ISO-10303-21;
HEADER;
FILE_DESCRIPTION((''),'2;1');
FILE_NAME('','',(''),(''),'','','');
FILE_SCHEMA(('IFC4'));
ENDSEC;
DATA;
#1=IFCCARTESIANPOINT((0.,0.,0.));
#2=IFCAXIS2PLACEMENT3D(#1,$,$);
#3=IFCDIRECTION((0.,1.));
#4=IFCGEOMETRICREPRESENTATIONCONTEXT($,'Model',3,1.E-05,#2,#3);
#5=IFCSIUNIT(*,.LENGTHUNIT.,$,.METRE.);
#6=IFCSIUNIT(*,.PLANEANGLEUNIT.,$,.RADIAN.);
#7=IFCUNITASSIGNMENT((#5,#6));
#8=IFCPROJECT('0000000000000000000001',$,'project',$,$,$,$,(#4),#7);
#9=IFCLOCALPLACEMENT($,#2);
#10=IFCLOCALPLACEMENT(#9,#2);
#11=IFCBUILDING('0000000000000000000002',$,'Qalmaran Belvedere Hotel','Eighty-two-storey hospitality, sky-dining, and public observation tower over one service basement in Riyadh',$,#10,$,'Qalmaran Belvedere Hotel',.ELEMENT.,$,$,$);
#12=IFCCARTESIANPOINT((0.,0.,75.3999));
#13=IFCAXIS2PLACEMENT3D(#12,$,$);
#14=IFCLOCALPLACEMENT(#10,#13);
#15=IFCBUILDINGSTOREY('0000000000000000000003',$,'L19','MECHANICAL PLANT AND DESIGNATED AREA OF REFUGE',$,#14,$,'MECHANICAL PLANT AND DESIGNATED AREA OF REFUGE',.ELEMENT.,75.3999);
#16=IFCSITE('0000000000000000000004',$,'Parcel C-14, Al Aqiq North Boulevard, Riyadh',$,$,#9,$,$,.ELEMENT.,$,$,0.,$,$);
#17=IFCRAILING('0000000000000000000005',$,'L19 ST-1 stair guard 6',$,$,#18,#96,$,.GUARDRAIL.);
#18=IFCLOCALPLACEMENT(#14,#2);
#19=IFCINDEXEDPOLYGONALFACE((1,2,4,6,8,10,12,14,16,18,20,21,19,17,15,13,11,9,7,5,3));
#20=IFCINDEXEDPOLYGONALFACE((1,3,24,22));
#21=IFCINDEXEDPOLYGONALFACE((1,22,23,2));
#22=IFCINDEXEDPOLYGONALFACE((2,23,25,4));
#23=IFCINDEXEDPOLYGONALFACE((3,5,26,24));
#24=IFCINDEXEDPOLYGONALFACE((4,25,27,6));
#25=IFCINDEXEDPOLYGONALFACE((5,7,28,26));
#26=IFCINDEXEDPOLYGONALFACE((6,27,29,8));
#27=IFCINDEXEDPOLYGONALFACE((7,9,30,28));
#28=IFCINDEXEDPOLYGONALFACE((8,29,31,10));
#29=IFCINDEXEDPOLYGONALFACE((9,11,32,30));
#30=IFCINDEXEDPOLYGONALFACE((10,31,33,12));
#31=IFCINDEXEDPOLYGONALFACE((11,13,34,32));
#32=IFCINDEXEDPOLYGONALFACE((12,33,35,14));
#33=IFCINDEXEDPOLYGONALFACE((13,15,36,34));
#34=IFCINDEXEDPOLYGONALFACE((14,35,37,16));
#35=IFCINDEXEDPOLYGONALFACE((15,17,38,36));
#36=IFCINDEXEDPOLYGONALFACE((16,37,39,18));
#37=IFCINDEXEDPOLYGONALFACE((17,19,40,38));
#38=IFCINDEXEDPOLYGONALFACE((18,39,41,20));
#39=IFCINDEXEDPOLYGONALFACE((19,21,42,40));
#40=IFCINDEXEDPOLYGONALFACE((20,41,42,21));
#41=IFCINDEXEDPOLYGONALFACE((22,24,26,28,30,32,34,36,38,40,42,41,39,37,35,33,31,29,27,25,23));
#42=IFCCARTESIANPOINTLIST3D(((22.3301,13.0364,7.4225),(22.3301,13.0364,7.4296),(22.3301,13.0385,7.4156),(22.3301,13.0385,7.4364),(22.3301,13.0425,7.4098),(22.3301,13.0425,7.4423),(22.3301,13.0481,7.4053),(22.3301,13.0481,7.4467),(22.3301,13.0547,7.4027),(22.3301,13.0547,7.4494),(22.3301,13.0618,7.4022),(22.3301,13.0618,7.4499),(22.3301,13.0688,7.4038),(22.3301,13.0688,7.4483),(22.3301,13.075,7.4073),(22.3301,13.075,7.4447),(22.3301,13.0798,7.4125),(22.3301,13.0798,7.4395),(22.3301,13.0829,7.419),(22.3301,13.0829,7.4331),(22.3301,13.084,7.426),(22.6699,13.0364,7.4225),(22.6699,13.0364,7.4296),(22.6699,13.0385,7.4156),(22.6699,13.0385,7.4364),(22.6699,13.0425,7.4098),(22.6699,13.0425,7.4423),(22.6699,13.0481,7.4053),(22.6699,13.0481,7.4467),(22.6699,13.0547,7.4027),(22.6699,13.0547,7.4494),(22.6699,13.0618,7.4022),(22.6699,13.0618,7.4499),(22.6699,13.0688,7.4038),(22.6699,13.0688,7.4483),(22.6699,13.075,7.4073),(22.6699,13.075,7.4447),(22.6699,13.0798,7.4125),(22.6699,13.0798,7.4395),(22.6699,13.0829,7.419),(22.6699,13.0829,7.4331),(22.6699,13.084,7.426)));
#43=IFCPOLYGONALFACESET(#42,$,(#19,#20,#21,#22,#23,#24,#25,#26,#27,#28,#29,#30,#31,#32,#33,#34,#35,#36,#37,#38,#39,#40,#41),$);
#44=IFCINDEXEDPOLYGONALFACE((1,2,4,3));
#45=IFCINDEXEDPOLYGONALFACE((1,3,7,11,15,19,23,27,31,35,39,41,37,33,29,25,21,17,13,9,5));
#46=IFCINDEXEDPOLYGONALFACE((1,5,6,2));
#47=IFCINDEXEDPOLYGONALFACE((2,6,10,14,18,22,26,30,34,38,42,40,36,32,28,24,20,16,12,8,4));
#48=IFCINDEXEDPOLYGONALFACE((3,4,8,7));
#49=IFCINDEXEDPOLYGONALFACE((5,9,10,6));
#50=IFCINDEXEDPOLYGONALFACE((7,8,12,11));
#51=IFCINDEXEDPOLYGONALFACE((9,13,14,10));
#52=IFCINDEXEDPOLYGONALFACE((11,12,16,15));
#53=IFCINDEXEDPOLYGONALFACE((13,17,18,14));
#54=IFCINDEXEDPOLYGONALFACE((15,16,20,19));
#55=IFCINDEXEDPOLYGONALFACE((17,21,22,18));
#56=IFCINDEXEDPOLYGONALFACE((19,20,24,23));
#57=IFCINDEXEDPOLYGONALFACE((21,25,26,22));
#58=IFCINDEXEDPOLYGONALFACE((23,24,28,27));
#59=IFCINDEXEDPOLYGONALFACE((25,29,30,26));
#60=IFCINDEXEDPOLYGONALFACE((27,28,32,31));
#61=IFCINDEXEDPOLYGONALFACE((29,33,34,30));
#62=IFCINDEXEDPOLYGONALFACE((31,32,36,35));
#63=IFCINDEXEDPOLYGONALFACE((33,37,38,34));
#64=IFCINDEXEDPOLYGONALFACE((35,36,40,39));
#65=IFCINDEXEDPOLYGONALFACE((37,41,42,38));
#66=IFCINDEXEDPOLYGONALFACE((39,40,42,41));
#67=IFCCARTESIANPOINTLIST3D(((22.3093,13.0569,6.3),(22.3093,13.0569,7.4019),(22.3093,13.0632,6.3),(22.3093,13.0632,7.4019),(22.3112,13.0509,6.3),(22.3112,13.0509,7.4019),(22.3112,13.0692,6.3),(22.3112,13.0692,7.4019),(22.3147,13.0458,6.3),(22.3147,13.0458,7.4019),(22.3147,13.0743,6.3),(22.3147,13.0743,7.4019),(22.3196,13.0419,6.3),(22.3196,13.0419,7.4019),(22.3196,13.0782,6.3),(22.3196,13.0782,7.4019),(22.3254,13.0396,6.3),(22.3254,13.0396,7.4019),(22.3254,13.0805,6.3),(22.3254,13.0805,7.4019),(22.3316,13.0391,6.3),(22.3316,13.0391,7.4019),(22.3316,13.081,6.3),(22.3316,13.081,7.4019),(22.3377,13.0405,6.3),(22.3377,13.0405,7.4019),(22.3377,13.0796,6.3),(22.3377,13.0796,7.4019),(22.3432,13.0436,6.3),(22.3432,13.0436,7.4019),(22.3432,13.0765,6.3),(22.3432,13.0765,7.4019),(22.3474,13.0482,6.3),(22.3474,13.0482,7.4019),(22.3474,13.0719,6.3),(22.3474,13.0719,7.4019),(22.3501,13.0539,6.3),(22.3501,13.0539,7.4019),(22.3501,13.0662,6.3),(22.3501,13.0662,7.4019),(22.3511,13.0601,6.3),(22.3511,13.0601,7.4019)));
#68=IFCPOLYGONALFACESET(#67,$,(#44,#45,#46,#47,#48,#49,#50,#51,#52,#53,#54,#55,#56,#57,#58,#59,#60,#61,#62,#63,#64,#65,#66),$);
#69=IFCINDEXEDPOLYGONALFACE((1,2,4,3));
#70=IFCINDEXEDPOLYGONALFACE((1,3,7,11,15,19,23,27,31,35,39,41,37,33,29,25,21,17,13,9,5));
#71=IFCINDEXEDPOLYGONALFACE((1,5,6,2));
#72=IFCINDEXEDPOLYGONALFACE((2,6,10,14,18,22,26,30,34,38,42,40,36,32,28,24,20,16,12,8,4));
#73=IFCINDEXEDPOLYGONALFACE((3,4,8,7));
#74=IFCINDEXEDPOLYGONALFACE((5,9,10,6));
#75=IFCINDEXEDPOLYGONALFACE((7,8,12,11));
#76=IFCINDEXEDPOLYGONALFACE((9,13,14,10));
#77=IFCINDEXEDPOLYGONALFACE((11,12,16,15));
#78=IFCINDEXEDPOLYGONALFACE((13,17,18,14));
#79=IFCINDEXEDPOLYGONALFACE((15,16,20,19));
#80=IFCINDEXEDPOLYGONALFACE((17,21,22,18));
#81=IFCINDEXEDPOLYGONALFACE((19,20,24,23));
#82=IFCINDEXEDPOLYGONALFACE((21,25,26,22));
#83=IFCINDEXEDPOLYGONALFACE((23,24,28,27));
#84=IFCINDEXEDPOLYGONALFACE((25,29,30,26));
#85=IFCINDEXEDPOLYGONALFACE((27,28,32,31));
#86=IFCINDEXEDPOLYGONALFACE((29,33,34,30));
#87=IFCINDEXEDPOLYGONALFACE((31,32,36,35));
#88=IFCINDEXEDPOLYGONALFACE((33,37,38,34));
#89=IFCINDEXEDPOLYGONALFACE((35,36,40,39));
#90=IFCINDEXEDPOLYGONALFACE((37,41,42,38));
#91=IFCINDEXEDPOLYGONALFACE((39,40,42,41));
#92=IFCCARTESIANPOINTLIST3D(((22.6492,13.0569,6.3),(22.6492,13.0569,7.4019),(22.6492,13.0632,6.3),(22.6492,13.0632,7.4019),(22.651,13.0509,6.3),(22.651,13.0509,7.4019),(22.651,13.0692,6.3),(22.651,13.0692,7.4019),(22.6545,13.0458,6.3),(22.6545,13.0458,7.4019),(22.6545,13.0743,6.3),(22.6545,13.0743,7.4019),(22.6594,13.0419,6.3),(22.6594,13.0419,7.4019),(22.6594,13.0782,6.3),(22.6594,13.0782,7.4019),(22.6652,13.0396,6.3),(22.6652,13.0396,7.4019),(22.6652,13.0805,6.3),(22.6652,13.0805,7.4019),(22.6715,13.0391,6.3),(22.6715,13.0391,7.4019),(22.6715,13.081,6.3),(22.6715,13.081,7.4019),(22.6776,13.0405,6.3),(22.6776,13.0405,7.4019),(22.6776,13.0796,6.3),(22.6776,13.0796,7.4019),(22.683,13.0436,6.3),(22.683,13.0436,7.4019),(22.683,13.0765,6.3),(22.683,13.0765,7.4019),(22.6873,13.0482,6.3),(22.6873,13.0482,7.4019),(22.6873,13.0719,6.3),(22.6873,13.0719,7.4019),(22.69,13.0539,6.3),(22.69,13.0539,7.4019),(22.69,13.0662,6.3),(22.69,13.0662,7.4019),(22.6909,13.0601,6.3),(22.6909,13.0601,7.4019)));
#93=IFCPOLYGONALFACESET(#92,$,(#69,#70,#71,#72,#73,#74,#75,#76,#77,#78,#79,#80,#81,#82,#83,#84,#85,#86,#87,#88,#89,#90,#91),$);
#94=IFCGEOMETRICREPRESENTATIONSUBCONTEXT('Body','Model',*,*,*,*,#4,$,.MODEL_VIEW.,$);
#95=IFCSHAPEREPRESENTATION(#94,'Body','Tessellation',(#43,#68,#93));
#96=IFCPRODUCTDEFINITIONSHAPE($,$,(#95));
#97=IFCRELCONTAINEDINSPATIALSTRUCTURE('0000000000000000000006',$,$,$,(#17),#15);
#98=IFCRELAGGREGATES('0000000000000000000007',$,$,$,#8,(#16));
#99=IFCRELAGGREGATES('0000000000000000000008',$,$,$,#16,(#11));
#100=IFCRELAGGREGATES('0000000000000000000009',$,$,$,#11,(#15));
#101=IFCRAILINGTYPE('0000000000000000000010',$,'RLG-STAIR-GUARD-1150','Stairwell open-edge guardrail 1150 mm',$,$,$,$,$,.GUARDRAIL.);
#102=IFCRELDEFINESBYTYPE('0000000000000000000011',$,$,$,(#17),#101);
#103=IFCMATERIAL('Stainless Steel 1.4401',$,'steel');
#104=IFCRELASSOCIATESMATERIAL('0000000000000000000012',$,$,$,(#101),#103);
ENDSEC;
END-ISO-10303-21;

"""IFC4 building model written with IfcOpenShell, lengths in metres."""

from ifc_helpers import new_model, si_unit, direction, frame, origin, origin_2d, place, context, subcontext, project, spatial, circle, extrude, material, type_object, element, save


model = new_model("IFC4")

# Units and contexts
model_context = context("Model", 3, precision=1e-05, world=origin(), true_north=direction((0.0, 1.0)))
body_context = subcontext(model_context, "Body", "Model", "MODEL_VIEW")
ifc_project = project(units=[si_unit("LENGTHUNIT", "METRE"), si_unit("PLANEANGLEUNIT", "RADIAN")], contexts=[model_context])

# Site, building, storey
site_placement = place(None, origin())
site = spatial("IfcSite", under=ifc_project, at=site_placement, Name="Parcel C-14, Al Aqiq North Boulevard, Riyadh", CompositionType="ELEMENT", RefElevation=0.0)
building_placement = place(site_placement, origin())
building = spatial("IfcBuilding", under=site, at=building_placement, Name="Qalmaran Belvedere Hotel", Description="Eighty-two-storey hospitality, sky-dining, and public observation tower over one service basement in Riyadh", LongName="Qalmaran Belvedere Hotel", CompositionType="ELEMENT")
storey_placement = place(building_placement, frame((0.0, 0.0, 75.3999)))
storey = spatial("IfcBuildingStorey", under=building, at=storey_placement, Name="L19", Description="MECHANICAL PLANT AND DESIGNATED AREA OF REFUGE", LongName="MECHANICAL PLANT AND DESIGNATED AREA OF REFUGE", CompositionType="ELEMENT", Elevation=75.3999)

# Railing
ifc_material_1 = material(Name="Stainless Steel 1.4401", Category="steel")
railing_type = type_object("IfcRailingType", Name="RLG-STAIR-GUARD-1150", Description="Stairwell open-edge guardrail 1150 mm", PredefinedType="GUARDRAIL", material=ifc_material_1)
railing_1_placement = place(storey_placement, frame((22.3301, 13.0601, 6.3)))
element("IfcRailing", 1, at=railing_1_placement, inside=storey, type_object=railing_type, Name="L19 ST-1 stair guard 6", PredefinedType="GUARDRAIL", context=body_context, shape_type="SweptSolid", body=[
    extrude(circle(Radius=0.0239, at=origin_2d()), frame((0.0, 0.0, 1.126), z_axis=(1.0, 0.0, 0.0), x_axis=(0.0, 1.0, 0.0)), (0.0, 0.0, 1.0), 0.3398),
    extrude(circle(Radius=0.021, at=origin_2d()), origin(), (0.0, 0.0, 1.0), 1.1018),
    extrude(circle(Radius=0.021, at=origin_2d()), frame((0.3398, 0.0, 0.0)), (0.0, 0.0, 1.0), 1.1018),
])

save(model, "model.ifc")
